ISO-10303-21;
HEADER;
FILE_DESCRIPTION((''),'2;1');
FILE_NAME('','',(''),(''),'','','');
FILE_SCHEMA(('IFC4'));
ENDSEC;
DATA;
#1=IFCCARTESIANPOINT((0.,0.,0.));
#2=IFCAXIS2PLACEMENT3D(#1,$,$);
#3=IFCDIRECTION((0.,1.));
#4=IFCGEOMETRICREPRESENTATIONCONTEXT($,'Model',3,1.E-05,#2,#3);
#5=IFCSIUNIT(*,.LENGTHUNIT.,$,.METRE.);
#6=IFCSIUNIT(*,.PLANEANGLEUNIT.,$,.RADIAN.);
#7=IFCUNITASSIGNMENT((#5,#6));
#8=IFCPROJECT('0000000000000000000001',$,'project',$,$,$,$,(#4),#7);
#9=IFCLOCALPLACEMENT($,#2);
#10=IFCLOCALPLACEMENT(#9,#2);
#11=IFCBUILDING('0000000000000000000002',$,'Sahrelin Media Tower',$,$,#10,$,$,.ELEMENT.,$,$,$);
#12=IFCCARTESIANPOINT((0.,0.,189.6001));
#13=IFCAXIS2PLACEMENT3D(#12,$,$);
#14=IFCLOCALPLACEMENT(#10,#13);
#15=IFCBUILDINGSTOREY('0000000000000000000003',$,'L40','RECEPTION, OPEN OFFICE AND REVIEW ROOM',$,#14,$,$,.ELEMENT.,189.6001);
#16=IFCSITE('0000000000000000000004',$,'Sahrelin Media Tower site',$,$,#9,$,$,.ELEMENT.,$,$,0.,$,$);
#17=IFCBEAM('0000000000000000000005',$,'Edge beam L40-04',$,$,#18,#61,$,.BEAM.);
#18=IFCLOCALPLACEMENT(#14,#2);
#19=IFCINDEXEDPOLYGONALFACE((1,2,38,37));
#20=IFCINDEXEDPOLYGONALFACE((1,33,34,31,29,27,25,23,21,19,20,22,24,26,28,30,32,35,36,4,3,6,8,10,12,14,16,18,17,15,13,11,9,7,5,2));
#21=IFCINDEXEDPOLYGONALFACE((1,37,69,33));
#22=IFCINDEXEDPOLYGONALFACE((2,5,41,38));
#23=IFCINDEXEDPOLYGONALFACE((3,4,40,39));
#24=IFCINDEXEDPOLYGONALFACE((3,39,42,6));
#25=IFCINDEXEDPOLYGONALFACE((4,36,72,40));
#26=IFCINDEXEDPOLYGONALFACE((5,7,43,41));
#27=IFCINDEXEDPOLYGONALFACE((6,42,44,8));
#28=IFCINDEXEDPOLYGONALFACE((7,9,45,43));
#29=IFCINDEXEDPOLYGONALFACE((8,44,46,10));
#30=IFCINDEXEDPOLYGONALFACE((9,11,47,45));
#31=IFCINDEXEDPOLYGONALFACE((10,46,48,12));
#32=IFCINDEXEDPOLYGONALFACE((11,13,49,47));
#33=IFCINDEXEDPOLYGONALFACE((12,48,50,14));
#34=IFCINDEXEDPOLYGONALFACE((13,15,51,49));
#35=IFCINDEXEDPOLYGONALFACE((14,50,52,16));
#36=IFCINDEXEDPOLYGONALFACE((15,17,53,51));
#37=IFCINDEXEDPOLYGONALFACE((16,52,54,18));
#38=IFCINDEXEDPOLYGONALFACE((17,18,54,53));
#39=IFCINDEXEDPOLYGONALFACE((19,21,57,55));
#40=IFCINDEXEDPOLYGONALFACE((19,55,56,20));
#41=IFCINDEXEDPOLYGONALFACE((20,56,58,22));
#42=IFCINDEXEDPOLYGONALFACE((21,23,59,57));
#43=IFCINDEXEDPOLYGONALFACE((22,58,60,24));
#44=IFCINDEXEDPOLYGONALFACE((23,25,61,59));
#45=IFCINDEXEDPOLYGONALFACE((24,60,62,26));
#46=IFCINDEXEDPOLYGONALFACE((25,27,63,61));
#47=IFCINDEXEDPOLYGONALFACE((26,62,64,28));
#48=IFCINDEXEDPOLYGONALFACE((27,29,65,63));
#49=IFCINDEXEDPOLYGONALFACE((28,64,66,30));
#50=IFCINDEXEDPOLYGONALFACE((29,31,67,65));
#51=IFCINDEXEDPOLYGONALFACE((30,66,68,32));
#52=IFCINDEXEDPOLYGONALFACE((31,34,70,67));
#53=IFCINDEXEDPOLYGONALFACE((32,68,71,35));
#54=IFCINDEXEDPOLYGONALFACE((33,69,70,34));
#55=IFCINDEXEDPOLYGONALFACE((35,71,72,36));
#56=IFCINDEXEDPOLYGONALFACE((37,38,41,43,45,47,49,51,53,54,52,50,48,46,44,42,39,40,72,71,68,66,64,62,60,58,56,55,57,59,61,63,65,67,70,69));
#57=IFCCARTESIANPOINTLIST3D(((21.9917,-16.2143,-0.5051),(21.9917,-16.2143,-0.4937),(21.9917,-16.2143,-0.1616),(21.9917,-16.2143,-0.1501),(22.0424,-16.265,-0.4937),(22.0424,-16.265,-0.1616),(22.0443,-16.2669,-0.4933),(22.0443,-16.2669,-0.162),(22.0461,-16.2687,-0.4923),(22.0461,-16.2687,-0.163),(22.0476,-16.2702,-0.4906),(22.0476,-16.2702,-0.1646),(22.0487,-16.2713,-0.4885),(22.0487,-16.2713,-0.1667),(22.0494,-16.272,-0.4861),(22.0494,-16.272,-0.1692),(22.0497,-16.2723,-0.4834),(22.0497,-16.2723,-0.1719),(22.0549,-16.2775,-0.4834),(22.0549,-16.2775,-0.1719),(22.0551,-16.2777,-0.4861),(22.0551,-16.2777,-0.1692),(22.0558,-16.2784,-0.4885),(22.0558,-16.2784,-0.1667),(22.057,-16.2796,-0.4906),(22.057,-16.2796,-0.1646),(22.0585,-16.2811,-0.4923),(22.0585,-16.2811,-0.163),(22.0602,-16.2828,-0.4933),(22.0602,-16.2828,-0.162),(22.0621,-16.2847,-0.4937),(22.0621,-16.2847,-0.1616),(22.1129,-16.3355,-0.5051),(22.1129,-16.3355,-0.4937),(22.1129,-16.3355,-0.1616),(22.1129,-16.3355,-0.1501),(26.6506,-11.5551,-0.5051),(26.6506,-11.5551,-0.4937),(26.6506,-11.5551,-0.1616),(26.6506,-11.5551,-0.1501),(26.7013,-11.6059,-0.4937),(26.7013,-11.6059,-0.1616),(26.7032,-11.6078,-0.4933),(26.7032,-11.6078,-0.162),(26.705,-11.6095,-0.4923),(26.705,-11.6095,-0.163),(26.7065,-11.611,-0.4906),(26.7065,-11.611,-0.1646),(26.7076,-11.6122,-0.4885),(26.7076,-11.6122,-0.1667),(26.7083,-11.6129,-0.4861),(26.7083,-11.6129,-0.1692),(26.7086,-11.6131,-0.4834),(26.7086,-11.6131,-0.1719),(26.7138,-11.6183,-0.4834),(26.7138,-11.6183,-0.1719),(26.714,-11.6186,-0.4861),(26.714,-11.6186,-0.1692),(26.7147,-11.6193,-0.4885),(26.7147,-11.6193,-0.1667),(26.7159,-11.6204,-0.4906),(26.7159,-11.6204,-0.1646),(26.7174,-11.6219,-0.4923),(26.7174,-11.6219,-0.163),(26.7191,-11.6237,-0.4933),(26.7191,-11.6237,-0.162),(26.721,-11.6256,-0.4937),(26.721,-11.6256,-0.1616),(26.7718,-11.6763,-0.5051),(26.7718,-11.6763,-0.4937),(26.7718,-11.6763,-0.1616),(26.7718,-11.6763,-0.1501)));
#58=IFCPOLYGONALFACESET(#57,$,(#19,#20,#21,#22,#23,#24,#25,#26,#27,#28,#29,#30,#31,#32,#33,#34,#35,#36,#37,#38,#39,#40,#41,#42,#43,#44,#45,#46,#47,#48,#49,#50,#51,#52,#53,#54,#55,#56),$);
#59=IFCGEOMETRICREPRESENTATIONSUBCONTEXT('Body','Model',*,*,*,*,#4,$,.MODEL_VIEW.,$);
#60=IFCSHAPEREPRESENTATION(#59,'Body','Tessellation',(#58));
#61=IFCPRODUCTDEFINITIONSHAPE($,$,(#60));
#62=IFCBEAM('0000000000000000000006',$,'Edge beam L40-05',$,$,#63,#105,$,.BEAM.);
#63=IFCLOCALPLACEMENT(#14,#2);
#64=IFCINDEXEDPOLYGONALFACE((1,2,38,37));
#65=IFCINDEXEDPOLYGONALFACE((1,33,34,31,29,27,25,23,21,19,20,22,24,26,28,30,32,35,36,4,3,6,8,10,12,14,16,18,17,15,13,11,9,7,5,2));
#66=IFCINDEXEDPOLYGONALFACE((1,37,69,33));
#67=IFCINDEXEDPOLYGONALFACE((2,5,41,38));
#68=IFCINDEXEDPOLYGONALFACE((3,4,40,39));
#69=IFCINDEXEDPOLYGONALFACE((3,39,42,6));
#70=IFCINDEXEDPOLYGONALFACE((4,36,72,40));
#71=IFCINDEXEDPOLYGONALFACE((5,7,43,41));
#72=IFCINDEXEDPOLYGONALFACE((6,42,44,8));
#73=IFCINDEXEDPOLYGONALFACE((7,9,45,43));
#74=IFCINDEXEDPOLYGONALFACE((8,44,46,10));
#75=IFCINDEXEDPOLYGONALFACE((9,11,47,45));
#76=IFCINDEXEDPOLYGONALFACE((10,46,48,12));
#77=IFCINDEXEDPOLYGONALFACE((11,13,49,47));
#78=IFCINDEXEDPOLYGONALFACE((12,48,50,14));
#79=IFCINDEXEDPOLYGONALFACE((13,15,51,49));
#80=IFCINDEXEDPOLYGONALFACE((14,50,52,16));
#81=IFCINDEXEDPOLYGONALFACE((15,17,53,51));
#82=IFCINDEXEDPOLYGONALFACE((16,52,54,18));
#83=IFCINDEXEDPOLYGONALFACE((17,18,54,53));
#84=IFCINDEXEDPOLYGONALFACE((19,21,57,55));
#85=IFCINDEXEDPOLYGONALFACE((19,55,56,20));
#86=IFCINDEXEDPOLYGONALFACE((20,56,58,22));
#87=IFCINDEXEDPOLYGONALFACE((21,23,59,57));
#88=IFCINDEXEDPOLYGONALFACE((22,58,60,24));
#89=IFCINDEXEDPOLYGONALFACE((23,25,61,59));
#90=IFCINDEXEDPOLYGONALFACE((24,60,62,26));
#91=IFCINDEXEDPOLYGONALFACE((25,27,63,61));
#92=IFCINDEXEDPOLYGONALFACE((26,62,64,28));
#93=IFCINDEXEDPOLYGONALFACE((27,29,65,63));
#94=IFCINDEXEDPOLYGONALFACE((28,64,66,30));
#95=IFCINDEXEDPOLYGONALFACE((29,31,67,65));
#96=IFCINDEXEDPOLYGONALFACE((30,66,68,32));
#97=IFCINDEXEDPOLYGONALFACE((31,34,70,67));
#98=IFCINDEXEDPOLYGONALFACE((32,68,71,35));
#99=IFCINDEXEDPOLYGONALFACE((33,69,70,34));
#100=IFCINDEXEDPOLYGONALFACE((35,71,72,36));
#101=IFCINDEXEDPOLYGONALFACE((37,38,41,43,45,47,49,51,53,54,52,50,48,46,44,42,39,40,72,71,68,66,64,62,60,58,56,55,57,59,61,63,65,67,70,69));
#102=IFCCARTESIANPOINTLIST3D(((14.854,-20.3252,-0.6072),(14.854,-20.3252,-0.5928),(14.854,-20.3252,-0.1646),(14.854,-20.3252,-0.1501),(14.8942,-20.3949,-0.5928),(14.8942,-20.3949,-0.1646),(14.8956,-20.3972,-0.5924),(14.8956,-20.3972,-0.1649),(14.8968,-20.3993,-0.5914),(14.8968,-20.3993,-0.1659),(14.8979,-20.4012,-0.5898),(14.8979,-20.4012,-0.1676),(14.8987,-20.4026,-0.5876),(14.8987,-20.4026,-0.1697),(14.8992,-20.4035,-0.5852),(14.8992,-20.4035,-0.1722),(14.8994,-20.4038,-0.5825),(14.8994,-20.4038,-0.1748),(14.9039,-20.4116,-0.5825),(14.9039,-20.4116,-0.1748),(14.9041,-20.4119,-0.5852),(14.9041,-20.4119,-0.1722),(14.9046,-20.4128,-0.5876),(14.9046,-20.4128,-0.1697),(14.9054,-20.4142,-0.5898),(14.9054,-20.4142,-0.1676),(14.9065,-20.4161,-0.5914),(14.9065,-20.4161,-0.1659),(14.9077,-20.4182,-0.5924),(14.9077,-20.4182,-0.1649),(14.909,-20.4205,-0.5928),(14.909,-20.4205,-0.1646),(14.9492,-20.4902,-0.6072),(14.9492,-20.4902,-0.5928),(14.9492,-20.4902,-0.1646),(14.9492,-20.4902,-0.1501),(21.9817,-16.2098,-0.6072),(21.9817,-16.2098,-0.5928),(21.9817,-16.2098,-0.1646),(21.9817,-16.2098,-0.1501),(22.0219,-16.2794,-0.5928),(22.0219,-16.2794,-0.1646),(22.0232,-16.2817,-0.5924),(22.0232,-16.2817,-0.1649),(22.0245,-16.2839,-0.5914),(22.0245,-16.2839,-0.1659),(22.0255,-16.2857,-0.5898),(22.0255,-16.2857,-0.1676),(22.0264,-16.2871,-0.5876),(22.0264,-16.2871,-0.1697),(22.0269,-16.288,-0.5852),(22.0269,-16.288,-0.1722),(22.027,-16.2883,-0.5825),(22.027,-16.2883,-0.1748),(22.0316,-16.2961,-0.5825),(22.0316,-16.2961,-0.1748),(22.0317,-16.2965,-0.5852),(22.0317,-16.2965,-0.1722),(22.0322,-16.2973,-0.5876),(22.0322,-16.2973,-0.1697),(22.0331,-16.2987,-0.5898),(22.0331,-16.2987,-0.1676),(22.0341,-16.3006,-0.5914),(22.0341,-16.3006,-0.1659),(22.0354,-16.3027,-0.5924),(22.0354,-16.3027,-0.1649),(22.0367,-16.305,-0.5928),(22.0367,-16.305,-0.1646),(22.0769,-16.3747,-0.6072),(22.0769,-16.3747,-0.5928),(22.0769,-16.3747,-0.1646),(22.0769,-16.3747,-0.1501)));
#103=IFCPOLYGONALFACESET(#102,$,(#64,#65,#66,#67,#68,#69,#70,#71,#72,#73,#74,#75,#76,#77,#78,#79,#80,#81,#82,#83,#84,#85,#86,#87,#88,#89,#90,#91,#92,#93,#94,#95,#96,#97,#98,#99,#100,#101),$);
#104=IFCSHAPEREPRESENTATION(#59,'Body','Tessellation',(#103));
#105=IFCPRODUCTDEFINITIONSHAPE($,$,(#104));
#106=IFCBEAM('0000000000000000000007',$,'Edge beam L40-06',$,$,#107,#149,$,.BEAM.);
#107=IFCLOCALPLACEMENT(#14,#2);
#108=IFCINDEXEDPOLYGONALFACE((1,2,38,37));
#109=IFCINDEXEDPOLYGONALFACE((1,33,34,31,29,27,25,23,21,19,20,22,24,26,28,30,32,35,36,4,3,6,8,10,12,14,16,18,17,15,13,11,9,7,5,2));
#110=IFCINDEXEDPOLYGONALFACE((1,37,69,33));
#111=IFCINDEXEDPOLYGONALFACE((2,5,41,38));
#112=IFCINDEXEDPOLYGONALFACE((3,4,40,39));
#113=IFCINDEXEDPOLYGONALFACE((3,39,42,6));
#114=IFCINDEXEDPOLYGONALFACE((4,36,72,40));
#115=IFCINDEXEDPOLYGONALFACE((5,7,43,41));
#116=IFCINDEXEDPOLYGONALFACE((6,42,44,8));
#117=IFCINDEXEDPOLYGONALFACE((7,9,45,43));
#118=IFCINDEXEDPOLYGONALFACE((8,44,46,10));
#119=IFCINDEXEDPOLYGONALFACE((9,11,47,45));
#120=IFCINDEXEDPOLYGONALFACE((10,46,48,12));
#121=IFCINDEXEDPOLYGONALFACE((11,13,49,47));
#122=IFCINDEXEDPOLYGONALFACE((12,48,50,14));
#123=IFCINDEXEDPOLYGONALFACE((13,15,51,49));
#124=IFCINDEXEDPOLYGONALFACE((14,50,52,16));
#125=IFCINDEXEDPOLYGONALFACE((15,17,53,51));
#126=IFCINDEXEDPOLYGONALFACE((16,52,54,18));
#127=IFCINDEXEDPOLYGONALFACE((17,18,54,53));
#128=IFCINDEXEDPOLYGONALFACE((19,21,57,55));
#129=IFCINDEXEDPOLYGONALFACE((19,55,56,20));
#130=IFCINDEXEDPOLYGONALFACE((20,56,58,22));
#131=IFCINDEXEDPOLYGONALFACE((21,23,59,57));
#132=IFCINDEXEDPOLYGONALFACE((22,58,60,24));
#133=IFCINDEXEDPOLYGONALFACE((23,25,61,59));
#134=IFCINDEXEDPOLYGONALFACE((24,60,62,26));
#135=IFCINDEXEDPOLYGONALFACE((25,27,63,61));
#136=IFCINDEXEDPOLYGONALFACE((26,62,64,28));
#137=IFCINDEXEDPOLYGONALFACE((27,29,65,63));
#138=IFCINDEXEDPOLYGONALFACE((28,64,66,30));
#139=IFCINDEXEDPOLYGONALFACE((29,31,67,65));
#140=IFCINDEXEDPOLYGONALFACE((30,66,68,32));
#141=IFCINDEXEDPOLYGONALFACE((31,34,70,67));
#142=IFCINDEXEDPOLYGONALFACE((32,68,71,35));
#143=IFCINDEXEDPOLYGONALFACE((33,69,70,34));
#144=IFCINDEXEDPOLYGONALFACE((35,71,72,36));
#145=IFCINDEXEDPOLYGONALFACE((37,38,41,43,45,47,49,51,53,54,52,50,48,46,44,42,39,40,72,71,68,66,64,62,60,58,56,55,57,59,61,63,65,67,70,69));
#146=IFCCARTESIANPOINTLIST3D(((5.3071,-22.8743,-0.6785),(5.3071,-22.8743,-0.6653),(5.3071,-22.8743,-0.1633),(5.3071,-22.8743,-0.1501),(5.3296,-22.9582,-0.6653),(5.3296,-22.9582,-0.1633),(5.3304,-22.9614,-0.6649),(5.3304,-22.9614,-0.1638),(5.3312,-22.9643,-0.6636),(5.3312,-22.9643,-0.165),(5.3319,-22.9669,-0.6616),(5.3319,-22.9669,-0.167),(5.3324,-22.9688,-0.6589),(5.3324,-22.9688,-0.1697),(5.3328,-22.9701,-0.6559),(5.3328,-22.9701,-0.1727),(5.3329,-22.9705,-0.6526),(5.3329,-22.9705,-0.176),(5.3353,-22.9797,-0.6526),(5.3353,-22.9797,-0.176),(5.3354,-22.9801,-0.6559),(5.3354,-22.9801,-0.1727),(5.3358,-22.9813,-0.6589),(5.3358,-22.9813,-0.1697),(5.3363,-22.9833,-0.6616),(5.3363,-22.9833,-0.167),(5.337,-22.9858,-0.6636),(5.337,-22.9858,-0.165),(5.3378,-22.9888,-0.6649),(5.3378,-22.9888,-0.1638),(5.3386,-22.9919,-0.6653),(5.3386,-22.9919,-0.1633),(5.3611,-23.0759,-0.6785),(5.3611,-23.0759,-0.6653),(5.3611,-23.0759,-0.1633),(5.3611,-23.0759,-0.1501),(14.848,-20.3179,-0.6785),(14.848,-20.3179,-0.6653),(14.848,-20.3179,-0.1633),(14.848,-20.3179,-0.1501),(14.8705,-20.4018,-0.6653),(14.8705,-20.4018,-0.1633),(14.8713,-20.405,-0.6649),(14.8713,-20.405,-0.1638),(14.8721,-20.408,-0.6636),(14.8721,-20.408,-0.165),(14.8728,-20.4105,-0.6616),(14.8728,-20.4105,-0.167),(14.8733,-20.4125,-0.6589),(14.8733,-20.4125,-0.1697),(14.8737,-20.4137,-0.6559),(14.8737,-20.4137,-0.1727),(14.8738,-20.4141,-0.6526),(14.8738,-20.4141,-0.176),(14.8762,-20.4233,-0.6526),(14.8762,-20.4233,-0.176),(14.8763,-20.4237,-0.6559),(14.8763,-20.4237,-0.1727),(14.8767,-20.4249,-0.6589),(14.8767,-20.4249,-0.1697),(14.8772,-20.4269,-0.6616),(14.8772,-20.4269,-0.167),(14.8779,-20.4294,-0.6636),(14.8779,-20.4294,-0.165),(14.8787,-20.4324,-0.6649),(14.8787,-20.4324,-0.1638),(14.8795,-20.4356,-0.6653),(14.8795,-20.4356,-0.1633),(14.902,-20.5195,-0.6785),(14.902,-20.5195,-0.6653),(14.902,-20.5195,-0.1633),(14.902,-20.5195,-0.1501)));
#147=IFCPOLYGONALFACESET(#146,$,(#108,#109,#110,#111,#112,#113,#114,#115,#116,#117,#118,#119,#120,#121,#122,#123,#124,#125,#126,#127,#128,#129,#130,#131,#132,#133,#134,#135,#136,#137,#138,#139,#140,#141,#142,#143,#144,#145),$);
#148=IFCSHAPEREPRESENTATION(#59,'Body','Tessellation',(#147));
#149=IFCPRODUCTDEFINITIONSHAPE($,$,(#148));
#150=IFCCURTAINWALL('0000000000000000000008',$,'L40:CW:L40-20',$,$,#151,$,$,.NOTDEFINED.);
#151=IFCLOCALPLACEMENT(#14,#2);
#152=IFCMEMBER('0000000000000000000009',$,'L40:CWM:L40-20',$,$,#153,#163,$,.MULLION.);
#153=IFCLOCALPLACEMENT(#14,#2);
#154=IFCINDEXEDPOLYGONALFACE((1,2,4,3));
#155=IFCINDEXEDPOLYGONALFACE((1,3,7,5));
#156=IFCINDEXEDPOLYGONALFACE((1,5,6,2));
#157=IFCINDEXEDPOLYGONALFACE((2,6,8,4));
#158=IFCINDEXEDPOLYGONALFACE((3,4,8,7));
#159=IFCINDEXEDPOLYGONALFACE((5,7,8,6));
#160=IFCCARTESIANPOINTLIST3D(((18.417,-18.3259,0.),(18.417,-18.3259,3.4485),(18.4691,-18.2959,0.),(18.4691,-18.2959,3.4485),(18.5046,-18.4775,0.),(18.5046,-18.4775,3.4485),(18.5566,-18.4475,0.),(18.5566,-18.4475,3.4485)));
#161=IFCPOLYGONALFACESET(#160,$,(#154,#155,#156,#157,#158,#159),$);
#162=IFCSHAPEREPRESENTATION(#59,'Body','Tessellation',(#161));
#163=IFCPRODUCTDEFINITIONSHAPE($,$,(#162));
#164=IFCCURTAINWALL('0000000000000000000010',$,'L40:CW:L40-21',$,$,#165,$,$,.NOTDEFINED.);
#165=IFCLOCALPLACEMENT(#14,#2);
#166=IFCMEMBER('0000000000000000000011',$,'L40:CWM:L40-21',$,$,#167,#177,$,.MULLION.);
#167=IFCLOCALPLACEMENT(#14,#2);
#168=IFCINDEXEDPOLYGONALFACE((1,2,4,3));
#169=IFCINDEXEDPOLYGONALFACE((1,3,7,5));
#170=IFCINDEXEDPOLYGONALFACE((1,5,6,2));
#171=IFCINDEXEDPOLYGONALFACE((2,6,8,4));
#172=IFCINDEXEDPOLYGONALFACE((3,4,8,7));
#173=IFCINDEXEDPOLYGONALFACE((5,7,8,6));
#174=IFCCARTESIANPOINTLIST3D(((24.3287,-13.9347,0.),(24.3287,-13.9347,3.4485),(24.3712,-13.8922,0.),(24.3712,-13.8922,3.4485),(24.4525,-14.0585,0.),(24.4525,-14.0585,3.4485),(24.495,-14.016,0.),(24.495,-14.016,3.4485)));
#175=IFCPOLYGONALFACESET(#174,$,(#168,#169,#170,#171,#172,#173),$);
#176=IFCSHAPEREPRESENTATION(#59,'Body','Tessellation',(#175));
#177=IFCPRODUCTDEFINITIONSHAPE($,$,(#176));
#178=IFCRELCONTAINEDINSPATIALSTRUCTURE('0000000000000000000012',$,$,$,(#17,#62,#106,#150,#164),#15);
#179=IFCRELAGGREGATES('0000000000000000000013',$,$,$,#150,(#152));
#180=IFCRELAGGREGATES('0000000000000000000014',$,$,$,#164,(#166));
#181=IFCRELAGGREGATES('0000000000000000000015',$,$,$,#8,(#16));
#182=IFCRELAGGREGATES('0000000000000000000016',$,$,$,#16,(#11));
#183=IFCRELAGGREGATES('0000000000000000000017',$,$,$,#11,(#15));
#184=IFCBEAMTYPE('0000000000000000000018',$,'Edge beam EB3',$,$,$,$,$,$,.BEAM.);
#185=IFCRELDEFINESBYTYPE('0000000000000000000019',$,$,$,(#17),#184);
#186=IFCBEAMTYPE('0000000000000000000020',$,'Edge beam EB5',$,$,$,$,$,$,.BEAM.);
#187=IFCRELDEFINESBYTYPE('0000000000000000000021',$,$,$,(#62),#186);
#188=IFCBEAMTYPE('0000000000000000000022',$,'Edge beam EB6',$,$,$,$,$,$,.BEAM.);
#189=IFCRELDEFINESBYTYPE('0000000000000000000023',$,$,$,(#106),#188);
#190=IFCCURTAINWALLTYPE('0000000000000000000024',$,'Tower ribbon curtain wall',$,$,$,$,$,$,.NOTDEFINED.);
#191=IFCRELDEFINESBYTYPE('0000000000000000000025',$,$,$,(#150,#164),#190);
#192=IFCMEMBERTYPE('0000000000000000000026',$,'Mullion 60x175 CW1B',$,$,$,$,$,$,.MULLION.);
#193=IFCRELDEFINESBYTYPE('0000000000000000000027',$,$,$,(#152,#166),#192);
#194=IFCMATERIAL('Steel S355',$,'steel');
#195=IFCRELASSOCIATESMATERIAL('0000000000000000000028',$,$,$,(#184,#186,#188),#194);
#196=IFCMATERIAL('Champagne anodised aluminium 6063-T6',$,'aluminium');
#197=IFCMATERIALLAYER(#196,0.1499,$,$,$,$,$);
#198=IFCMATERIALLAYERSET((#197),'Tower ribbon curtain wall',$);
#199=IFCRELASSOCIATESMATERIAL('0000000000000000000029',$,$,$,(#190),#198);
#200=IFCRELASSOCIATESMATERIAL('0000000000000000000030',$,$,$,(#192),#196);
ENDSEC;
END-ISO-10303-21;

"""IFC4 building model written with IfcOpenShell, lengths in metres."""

from ifc_helpers import new_model, si_unit, direction, frame, origin, origin_2d, place, context, subcontext, project, spatial, rectangle, i_section, extrude, material, layer, layer_set, material_profile, profile_set, type_object, element, aggregate, save


model = new_model("IFC4")

# Units and contexts
model_context = context("Model", 3, precision=1e-05, world=origin(), true_north=direction((0.0, 1.0)))
body_context = subcontext(model_context, "Body", "Model", "MODEL_VIEW")
ifc_project = project(units=[si_unit("LENGTHUNIT", "METRE"), si_unit("PLANEANGLEUNIT", "RADIAN")], contexts=[model_context])

# Site, building, storey
site_placement = place(None, origin())
site = spatial("IfcSite", under=ifc_project, at=site_placement, Name="Sahrelin Media Tower site", CompositionType="ELEMENT", RefElevation=0.0)
building_placement = place(site_placement, origin())
building = spatial("IfcBuilding", under=site, at=building_placement, Name="Sahrelin Media Tower", CompositionType="ELEMENT")
storey_placement = place(building_placement, frame((0.0, 0.0, 189.6001)))
storey = spatial("IfcBuildingStorey", under=building, at=storey_placement, Name="L40", Description="RECEPTION, OPEN OFFICE AND REVIEW ROOM", CompositionType="ELEMENT", Elevation=189.6001)

# Beams
ifc_material_1 = material(Name="Steel S355", Category="steel")
ifc_material_profile_1 = material_profile(ifc_material_1, i_section(OverallWidth=0.1714, OverallDepth=0.355, WebThickness=0.0073, FlangeThickness=0.0115, FilletRadius=0.0103, at=origin_2d()), Name="UB 356x171x51")
ifc_profile_set_1 = profile_set([ifc_material_profile_1], Name="Steel S355")
beam_type_1 = type_object("IfcBeamType", Name="Edge beam EB3", PredefinedType="BEAM", material=ifc_profile_set_1)
beam_1_placement = place(storey_placement, frame((26.7112, -11.6157, -0.3276), z_axis=(-0.707088, -0.707125, 0.0), x_axis=(0.707125, -0.707088, 0.0)))
element("IfcBeam", 1, at=beam_1_placement, inside=storey, type_object=beam_type_1, Name="Edge beam L40-04", PredefinedType="BEAM", context=body_context, shape_type="SweptSolid", body=[
    extrude(i_section(OverallWidth=0.1714, OverallDepth=0.355, WebThickness=0.0073, FlangeThickness=0.0115, FilletRadius=0.0103, at=origin_2d()), origin(), (0.0, 0.0, 1.0), 6.5889),
])
ifc_material_profile_2 = material_profile(ifc_material_1, i_section(OverallWidth=0.1904, OverallDepth=0.457, WebThickness=0.009, FlangeThickness=0.0144, FilletRadius=0.0103, at=origin_2d()), Name="UB 457x191x74")
ifc_profile_set_2 = profile_set([ifc_material_profile_2], Name="Steel S355")
beam_type_2 = type_object("IfcBeamType", Name="Edge beam EB5", PredefinedType="BEAM", material=ifc_profile_set_2)
beam_2_placement = place(storey_placement, frame((22.0293, -16.2922, -0.3787), z_axis=(-0.866009, -0.500028, 0.0), x_axis=(0.500028, -0.866009, 0.0)))
element("IfcBeam", 2, at=beam_2_placement, inside=storey, type_object=beam_type_2, Name="Edge beam L40-05", PredefinedType="BEAM", context=body_context, shape_type="SweptSolid", body=[
    extrude(i_section(OverallWidth=0.1904, OverallDepth=0.457, WebThickness=0.009, FlangeThickness=0.0144, FilletRadius=0.0103, at=origin_2d()), origin(), (0.0, 0.0, 1.0), 8.2305),
])
ifc_material_profile_3 = material_profile(ifc_material_1, i_section(OverallWidth=0.2087, OverallDepth=0.5283, WebThickness=0.0095, FlangeThickness=0.0132, FilletRadius=0.0127, at=origin_2d()), Name="UB 533x210x82")
ifc_profile_set_3 = profile_set([ifc_material_profile_3], Name="Steel S355")
beam_type_3 = type_object("IfcBeamType", Name="Edge beam EB6", PredefinedType="BEAM", material=ifc_profile_set_3)
beam_3_placement = place(storey_placement, frame((14.875, -20.4187, -0.4143), z_axis=(-0.965929, -0.258809, 0.0), x_axis=(0.258809, -0.965929, 0.0)))
element("IfcBeam", 3, at=beam_3_placement, inside=storey, type_object=beam_type_3, Name="Edge beam L40-06", PredefinedType="BEAM", context=body_context, shape_type="SweptSolid", body=[
    extrude(i_section(OverallWidth=0.2087, OverallDepth=0.5283, WebThickness=0.0095, FlangeThickness=0.0132, FilletRadius=0.0127, at=origin_2d()), origin(), (0.0, 0.0, 1.0), 9.8774),
])

# Curtain walls, members
ifc_material_2 = material(Name="Champagne anodised aluminium 6063-T6", Category="aluminium")
ifc_layer_1 = layer(ifc_material_2, 0.1499)
ifc_layer_set_1 = layer_set([ifc_layer_1], Name="Tower ribbon curtain wall")
curtain_wall_type = type_object("IfcCurtainWallType", Name="Tower ribbon curtain wall", PredefinedType="NOTDEFINED", material=ifc_layer_set_1)
curtain_wall_1_placement = place(storey_placement, frame((18.5405, -18.48, 0.0), z_axis=(0.0, 0.0, 1.0), x_axis=(1.0, 0.0, 0.0)))
curtain_wall_1 = element("IfcCurtainWall", 4, at=curtain_wall_1_placement, inside=storey, type_object=curtain_wall_type, Name="L40:CW:L40-20", PredefinedType="NOTDEFINED")
ifc_material_profile_4 = material_profile(ifc_material_2, rectangle(XDim=0.0601, YDim=0.175, at=origin_2d()), Name="Mullion 60x175")
ifc_profile_set_4 = profile_set([ifc_material_profile_4], Name="Champagne anodised aluminium 6063-T6")
member_type_1 = type_object("IfcMemberType", Name="Mullion 60x175 CW1B", PredefinedType="MULLION", material=ifc_profile_set_4)
member_1_placement = place(storey_placement, frame((18.4868, -18.3867, 0.0), z_axis=(0.0, 0.0, 1.0), x_axis=(0.866024, 0.500003, 0.0)))
member_1 = element("IfcMember", 5, at=member_1_placement, type_object=member_type_1, Name="L40:CWM:L40-20", PredefinedType="MULLION", context=body_context, shape_type="SweptSolid", body=[
    extrude(rectangle(XDim=0.0601, YDim=0.175, at=origin_2d()), origin(), (0.0, 0.0, 1.0), 3.4485),
])
curtain_wall_2_placement = place(storey_placement, frame((24.4878, -14.0513, 0.0), z_axis=(0.0, 0.0, 1.0), x_axis=(1.0, 0.0, 0.0)))
curtain_wall_2 = element("IfcCurtainWall", 6, at=curtain_wall_2_placement, inside=storey, type_object=curtain_wall_type, Name="L40:CW:L40-21", PredefinedType="NOTDEFINED")
member_2_placement = place(storey_placement, frame((24.4119, -13.9753, 0.0), z_axis=(0.0, 0.0, 1.0), x_axis=(0.707107, 0.707107, 0.0)))
member_2 = element("IfcMember", 7, at=member_2_placement, type_object=member_type_1, Name="L40:CWM:L40-21", PredefinedType="MULLION", context=body_context, shape_type="SweptSolid", body=[
    extrude(rectangle(XDim=0.0601, YDim=0.175, at=origin_2d()), origin(), (0.0, 0.0, 1.0), 3.4485),
])

aggregate(curtain_wall_1, [member_1])
aggregate(curtain_wall_2, [member_2])

save(model, "model.ifc")
